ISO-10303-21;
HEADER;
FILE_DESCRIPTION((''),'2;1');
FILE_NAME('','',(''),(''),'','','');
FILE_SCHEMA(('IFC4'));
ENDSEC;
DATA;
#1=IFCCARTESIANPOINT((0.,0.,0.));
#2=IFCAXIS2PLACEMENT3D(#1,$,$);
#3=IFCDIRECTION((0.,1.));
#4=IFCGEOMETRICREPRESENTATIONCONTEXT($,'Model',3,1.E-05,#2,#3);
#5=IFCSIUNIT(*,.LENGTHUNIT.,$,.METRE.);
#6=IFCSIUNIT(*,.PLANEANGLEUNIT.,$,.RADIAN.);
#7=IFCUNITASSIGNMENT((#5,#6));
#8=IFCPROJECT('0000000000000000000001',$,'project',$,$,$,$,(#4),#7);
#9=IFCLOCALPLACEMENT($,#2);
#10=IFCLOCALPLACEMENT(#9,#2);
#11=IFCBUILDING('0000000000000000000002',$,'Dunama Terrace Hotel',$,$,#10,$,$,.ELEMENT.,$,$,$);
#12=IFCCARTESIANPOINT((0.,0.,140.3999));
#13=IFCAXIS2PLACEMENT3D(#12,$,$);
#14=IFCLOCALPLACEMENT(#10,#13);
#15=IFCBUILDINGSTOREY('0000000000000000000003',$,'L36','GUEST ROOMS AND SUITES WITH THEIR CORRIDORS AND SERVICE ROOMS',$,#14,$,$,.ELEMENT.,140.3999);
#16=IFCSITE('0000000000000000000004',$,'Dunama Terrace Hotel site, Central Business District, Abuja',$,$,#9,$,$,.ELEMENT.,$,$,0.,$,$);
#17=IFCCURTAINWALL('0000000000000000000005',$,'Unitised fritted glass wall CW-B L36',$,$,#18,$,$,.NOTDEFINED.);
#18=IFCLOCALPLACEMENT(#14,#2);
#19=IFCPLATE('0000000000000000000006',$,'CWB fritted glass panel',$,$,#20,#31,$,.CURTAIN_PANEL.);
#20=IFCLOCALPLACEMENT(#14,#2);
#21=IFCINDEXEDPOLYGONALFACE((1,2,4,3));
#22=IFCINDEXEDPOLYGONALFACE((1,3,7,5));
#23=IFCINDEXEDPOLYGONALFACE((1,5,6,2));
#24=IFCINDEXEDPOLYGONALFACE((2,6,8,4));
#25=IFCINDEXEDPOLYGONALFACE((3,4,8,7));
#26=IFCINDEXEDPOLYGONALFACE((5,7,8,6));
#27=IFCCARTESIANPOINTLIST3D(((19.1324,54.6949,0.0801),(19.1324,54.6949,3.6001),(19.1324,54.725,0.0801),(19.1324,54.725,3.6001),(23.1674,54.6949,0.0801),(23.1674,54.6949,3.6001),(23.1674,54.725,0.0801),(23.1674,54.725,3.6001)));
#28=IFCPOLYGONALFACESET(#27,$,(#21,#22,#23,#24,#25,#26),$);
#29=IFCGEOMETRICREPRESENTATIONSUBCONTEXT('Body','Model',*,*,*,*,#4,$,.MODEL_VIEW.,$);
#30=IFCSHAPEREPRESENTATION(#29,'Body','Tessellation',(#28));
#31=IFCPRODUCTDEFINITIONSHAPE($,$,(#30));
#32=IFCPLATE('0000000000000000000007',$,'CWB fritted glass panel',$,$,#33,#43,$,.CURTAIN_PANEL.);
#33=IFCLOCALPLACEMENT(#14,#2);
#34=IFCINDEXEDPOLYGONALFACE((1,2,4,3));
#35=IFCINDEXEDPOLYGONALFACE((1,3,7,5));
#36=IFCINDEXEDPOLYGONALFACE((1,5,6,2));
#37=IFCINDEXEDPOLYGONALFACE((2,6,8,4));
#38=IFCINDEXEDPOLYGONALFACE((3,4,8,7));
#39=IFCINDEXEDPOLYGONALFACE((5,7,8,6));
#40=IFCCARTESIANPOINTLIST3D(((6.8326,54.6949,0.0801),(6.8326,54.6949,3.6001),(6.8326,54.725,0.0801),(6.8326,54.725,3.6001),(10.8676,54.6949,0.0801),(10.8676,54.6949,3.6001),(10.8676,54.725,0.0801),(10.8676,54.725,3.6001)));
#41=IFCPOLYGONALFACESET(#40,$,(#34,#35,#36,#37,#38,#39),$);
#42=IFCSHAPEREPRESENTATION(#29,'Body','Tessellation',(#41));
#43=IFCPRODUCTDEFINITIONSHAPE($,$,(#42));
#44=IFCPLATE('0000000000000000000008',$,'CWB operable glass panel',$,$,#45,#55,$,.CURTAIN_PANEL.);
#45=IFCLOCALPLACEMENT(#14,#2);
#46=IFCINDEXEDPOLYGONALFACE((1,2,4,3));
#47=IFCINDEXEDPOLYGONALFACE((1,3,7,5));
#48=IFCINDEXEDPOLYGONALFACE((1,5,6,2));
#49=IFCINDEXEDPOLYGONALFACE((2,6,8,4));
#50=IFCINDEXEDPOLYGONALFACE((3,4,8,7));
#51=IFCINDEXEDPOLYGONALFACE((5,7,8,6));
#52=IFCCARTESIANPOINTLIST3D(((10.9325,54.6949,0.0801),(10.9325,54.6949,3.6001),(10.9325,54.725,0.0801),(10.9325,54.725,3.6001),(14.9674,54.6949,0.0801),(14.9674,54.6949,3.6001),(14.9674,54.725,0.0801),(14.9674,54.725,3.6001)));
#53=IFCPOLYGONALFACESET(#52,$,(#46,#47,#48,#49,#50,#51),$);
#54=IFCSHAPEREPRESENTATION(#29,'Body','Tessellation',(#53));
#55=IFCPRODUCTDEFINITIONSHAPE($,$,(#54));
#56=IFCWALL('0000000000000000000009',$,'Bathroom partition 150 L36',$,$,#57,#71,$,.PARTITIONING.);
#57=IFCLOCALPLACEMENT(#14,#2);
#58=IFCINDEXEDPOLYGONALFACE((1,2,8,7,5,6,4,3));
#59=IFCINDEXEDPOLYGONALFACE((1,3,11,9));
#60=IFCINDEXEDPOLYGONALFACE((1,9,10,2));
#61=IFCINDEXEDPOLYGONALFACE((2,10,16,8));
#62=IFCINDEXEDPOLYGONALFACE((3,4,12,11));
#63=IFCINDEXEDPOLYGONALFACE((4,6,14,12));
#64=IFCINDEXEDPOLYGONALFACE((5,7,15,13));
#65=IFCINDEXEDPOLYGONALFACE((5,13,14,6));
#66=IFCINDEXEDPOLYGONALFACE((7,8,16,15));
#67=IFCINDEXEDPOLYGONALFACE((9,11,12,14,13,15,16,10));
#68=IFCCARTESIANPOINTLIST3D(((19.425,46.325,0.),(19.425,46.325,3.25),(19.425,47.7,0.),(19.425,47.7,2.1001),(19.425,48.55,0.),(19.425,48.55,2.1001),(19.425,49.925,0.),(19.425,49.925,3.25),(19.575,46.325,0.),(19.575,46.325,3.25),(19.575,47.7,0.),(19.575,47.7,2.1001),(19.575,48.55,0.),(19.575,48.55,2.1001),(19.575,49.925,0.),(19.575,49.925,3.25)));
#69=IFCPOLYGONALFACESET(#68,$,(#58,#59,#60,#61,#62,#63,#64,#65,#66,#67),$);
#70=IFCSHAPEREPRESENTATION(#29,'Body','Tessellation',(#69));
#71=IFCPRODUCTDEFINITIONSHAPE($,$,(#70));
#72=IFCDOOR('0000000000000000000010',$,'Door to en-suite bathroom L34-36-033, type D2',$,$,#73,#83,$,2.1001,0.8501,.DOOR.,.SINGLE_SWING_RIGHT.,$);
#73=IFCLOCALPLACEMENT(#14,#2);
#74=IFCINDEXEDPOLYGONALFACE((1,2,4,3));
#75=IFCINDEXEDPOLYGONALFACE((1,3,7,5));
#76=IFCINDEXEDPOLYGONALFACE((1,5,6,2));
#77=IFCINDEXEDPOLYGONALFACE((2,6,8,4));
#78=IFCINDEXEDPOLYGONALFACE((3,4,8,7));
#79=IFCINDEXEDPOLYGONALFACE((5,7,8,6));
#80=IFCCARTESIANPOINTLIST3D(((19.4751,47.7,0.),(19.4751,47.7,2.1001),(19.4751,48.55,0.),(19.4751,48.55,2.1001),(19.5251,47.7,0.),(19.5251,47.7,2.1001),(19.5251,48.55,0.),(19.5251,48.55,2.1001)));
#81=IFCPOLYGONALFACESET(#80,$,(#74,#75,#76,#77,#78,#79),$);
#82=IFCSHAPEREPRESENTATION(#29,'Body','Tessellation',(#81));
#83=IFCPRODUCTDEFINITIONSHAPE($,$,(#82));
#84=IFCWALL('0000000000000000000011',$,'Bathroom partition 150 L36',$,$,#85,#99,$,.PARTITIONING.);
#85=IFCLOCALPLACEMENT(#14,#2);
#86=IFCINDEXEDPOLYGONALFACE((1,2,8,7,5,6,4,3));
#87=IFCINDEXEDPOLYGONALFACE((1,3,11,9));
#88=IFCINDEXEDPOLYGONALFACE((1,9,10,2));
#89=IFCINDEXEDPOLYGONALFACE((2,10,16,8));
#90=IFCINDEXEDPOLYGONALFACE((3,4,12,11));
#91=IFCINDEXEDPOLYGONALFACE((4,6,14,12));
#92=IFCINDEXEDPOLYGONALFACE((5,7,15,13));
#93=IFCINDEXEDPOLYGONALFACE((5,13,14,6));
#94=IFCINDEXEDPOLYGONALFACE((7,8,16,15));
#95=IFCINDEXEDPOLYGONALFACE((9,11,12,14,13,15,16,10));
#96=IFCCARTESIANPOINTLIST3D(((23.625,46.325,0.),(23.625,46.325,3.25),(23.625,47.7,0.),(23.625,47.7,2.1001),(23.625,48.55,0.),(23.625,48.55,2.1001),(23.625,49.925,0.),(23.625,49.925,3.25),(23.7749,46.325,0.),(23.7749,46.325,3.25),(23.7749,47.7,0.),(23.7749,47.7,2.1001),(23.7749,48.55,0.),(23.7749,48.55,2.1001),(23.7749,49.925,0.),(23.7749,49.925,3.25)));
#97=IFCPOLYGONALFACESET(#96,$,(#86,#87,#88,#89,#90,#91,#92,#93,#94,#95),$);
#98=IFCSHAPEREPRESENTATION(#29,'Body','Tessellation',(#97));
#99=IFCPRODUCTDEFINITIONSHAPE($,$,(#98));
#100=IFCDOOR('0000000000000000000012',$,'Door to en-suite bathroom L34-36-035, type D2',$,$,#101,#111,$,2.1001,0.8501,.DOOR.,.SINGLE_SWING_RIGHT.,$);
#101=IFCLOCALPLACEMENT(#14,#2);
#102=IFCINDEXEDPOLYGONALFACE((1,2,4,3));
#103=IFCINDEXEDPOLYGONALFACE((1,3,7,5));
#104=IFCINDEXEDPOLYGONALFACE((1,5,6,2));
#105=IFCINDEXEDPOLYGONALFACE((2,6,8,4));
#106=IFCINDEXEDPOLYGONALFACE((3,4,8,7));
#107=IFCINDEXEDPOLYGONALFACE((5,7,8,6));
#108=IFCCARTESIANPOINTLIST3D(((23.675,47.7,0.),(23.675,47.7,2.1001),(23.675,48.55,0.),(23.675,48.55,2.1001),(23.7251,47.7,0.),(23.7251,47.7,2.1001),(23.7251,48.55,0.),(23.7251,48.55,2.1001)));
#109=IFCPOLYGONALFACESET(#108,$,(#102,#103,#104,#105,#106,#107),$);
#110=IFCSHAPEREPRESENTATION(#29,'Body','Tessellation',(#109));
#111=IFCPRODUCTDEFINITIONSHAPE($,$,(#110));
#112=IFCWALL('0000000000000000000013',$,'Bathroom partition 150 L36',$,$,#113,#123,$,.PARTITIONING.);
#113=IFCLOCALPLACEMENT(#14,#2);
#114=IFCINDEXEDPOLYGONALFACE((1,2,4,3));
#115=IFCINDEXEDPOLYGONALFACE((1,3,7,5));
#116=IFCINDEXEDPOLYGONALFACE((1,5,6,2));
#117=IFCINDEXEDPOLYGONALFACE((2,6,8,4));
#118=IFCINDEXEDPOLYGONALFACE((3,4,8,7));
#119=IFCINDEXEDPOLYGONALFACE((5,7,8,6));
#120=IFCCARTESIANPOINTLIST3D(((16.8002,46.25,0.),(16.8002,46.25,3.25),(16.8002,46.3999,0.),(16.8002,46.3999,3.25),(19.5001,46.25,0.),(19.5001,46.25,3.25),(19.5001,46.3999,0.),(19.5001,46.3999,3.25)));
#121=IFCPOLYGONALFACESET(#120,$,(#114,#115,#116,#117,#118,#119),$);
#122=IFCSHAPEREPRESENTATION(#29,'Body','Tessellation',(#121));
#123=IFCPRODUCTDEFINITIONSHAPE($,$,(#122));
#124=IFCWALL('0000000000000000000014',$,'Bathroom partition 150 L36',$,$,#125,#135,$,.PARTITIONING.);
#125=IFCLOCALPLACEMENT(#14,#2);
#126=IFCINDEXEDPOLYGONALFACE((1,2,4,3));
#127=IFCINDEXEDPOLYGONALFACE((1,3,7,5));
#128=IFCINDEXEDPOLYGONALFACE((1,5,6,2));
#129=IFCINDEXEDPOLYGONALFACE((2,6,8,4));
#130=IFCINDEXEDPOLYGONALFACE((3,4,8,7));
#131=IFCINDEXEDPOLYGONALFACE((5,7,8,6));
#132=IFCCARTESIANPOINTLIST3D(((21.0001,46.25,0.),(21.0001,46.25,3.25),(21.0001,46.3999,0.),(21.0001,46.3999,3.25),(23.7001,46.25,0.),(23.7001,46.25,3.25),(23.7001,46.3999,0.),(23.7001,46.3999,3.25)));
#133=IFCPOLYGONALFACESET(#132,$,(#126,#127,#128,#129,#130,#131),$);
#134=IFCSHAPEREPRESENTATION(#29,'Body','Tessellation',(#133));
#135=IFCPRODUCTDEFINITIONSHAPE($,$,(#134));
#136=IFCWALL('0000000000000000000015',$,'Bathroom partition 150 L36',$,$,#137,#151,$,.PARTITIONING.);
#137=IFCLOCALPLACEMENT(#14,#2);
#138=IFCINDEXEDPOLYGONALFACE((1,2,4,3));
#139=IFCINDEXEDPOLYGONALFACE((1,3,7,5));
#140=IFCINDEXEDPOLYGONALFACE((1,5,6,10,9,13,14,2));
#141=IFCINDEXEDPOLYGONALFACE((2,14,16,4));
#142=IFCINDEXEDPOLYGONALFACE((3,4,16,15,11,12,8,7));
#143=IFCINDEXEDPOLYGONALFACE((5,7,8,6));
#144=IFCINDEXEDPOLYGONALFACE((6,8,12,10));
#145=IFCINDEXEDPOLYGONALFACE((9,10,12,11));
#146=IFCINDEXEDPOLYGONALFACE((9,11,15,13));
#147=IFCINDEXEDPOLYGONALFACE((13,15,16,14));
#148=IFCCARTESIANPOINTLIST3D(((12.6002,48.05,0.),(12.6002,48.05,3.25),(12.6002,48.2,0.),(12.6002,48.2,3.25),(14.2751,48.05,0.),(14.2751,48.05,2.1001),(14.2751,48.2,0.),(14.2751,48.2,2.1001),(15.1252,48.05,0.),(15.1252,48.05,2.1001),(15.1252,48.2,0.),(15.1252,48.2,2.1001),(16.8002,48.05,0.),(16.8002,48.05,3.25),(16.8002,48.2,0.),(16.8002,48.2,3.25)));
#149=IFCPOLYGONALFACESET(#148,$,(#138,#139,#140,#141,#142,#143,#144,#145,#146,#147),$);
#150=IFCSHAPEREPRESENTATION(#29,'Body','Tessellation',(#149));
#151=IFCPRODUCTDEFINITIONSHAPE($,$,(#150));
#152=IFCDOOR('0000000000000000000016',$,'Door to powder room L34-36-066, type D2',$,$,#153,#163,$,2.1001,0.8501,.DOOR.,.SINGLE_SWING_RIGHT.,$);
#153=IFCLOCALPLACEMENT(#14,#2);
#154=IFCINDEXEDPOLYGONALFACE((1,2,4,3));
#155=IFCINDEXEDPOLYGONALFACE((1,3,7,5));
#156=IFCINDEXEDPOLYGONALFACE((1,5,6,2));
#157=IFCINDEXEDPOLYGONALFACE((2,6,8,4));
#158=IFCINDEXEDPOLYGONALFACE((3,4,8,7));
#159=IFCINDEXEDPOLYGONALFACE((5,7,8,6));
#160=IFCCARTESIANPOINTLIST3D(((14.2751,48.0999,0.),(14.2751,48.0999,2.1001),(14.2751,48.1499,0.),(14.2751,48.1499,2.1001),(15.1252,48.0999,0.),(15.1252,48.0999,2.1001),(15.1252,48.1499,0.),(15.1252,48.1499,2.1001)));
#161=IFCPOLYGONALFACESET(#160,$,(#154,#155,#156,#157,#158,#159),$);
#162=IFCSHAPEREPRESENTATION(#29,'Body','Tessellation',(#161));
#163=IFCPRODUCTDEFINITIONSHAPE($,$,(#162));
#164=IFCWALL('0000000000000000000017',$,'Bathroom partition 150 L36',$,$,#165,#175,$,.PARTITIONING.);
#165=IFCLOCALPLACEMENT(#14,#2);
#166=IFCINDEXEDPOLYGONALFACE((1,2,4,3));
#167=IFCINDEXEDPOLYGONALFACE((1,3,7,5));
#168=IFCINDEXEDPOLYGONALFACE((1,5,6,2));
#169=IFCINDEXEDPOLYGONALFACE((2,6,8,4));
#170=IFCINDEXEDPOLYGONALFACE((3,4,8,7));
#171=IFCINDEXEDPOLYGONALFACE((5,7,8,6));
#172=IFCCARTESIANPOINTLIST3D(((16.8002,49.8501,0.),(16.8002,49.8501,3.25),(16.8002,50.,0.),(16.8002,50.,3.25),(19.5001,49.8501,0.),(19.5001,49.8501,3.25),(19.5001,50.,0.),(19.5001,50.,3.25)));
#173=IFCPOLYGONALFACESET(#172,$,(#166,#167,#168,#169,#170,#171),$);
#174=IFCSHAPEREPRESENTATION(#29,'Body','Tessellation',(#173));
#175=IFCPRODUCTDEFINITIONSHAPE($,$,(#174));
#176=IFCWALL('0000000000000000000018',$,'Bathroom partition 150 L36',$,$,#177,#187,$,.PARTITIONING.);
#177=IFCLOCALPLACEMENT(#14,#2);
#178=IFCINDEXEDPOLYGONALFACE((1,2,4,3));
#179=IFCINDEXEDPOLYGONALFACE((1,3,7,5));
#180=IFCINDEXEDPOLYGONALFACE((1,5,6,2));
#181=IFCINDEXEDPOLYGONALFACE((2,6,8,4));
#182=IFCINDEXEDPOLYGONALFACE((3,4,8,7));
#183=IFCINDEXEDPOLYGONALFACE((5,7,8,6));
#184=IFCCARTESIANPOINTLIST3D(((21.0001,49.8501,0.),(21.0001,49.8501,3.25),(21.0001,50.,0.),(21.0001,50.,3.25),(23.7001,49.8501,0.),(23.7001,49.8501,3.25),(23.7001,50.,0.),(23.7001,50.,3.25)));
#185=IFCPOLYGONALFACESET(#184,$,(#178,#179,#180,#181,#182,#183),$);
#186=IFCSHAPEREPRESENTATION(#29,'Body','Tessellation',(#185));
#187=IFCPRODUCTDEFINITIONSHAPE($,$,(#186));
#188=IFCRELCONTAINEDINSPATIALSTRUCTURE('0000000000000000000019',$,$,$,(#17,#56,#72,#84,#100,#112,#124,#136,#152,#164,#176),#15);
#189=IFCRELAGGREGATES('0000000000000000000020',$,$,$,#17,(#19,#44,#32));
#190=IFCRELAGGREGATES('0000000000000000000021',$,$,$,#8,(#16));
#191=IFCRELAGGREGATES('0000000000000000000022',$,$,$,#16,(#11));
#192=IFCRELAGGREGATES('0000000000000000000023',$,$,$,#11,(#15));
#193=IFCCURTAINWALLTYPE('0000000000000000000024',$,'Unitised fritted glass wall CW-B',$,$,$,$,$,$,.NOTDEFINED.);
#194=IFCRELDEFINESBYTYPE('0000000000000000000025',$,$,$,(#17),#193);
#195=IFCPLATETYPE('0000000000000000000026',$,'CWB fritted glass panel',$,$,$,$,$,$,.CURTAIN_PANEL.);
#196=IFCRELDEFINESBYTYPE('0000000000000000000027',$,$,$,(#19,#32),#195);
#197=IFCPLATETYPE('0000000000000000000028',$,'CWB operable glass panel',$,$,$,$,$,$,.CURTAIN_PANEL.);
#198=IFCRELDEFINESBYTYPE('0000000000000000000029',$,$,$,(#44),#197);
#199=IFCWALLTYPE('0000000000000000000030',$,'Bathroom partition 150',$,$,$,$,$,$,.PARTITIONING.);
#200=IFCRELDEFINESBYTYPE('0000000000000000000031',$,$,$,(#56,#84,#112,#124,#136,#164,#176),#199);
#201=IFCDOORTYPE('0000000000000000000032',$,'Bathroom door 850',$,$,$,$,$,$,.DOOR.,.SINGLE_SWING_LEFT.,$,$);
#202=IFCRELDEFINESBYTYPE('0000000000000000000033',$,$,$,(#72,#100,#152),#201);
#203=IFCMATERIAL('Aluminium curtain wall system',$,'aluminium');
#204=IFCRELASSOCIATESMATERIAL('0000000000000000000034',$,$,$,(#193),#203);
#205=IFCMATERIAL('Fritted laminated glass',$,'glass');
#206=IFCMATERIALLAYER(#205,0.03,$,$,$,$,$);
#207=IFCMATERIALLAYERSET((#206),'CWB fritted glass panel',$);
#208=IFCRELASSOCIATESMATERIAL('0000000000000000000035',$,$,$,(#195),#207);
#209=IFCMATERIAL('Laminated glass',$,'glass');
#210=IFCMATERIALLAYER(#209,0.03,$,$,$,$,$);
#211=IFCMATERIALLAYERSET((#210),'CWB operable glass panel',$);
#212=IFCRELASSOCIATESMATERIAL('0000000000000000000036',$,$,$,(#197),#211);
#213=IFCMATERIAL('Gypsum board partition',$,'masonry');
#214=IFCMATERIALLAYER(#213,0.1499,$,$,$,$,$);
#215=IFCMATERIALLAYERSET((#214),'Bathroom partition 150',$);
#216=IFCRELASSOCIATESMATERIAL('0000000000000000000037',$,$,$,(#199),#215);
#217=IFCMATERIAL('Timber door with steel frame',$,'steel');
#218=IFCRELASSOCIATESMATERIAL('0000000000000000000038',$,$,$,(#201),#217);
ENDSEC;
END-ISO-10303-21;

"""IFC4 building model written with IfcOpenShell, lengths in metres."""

from ifc_helpers import new_model, si_unit, direction, frame, frame_2d, origin, origin_2d, place, context, subcontext, project, spatial, rectangle, extrude, material, layer, layer_set, type_object, element, fill, aggregate, save


model = new_model("IFC4")

# Units and contexts
model_context = context("Model", 3, precision=1e-05, world=origin(), true_north=direction((0.0, 1.0)))
body_context = subcontext(model_context, "Body", "Model", "MODEL_VIEW")
ifc_project = project(units=[si_unit("LENGTHUNIT", "METRE"), si_unit("PLANEANGLEUNIT", "RADIAN")], contexts=[model_context])

# Site, building, storey
site_placement = place(None, origin())
site = spatial("IfcSite", under=ifc_project, at=site_placement, Name="Dunama Terrace Hotel site, Central Business District, Abuja", CompositionType="ELEMENT", RefElevation=0.0)
building_placement = place(site_placement, origin())
building = spatial("IfcBuilding", under=site, at=building_placement, Name="Dunama Terrace Hotel", CompositionType="ELEMENT")
storey_placement = place(building_placement, frame((0.0, 0.0, 140.3999)))
storey = spatial("IfcBuildingStorey", under=building, at=storey_placement, Name="L36", Description="GUEST ROOMS AND SUITES WITH THEIR CORRIDORS AND SERVICE ROOMS", CompositionType="ELEMENT", Elevation=140.3999)

# Curtain wall
ifc_material_1 = material(Name="Aluminium curtain wall system", Category="aluminium")
curtain_wall_type = type_object("IfcCurtainWallType", Name="Unitised fritted glass wall CW-B", PredefinedType="NOTDEFINED", material=ifc_material_1)
curtain_wall_placement = place(storey_placement, origin())
curtain_wall = element("IfcCurtainWall", 1, at=curtain_wall_placement, inside=storey, type_object=curtain_wall_type, Name="Unitised fritted glass wall CW-B L36", PredefinedType="NOTDEFINED")

# Plates
ifc_material_2 = material(Name="Fritted laminated glass", Category="glass")
ifc_layer_1 = layer(ifc_material_2, 0.03)
ifc_layer_set_1 = layer_set([ifc_layer_1], Name="CWB fritted glass panel")
plate_type_1 = type_object("IfcPlateType", Name="CWB fritted glass panel", PredefinedType="CURTAIN_PANEL", material=ifc_layer_set_1)
plate_1_placement = place(storey_placement, frame((21.1499, 54.71, 0.0801), z_axis=(0.0, 0.0, 1.0), x_axis=(-1.0, 0.0, 0.0)))
plate_1 = element("IfcPlate", 2, at=plate_1_placement, type_object=plate_type_1, Name="CWB fritted glass panel", PredefinedType="CURTAIN_PANEL", context=body_context, shape_type="SweptSolid", body=[
    extrude(rectangle(XDim=4.0349, YDim=0.03, at=origin_2d()), origin(), (0.0, 0.0, 1.0), 3.52),
])
plate_2_placement = place(storey_placement, frame((8.8501, 54.71, 0.0801), z_axis=(0.0, 0.0, 1.0), x_axis=(-1.0, 0.0, 0.0)))
plate_2 = element("IfcPlate", 3, at=plate_2_placement, type_object=plate_type_1, Name="CWB fritted glass panel", PredefinedType="CURTAIN_PANEL", context=body_context, shape_type="SweptSolid", body=[
    extrude(rectangle(XDim=4.0349, YDim=0.03, at=origin_2d()), origin(), (0.0, 0.0, 1.0), 3.52),
])
ifc_material_3 = material(Name="Laminated glass", Category="glass")
ifc_layer_2 = layer(ifc_material_3, 0.03)
ifc_layer_set_2 = layer_set([ifc_layer_2], Name="CWB operable glass panel")
plate_type_2 = type_object("IfcPlateType", Name="CWB operable glass panel", PredefinedType="CURTAIN_PANEL", material=ifc_layer_set_2)
plate_3_placement = place(storey_placement, frame((12.95, 54.71, 0.0801), z_axis=(0.0, 0.0, 1.0), x_axis=(-1.0, 0.0, 0.0)))
plate_3 = element("IfcPlate", 4, at=plate_3_placement, type_object=plate_type_2, Name="CWB operable glass panel", PredefinedType="CURTAIN_PANEL", context=body_context, shape_type="SweptSolid", body=[
    extrude(rectangle(XDim=4.0349, YDim=0.03, at=origin_2d()), origin(), (0.0, 0.0, 1.0), 3.52),
])
aggregate(curtain_wall, [plate_1, plate_3, plate_2])

# Walls, openings, doors
ifc_material_4 = material(Name="Gypsum board partition", Category="masonry")
ifc_layer_3 = layer(ifc_material_4, 0.1499)
ifc_layer_set_3 = layer_set([ifc_layer_3], Name="Bathroom partition 150")
wall_type = type_object("IfcWallType", Name="Bathroom partition 150", PredefinedType="PARTITIONING", material=ifc_layer_set_3)
wall_1_placement = place(storey_placement, frame((19.5, 46.325, 0.0), z_axis=(0.0, 0.0, 1.0), x_axis=(0.0, 1.0, 0.0)))
wall_1 = element("IfcWall", 5, at=wall_1_placement, inside=storey, type_object=wall_type, Name="Bathroom partition 150 L36", PredefinedType="PARTITIONING", context=body_context, shape_type="SweptSolid", body=[
    extrude(rectangle(XDim=3.6001, YDim=0.1499, at=frame_2d((1.8, 0.0))), origin(), (0.0, 0.0, 1.0), 3.25),
])
opening_1_placement = place(wall_1_placement, frame((1.375, 0.0, 0.0)))
opening_1 = element("IfcOpeningElement", 6, at=opening_1_placement, cuts=wall_1, PredefinedType="OPENING", context=body_context, shape_type="SweptSolid", body=[
    extrude(rectangle(XDim=0.8501, YDim=2.1001, at=frame_2d((0.425, 1.05))), frame((0.0, 0.085, 0.0), z_axis=(0.0, -1.0, 0.0), x_axis=(1.0, 0.0, 0.0)), (0.0, 0.0, 1.0), 0.1699),
])
ifc_material_5 = material(Name="Timber door with steel frame", Category="steel")
door_type = type_object("IfcDoorType", Name="Bathroom door 850", OperationType="SINGLE_SWING_LEFT", PredefinedType="DOOR", material=ifc_material_5)
door_1_placement = place(opening_1_placement, origin())
door_1 = element("IfcDoor", 7, at=door_1_placement, inside=storey, type_object=door_type, Name="Door to en-suite bathroom L34-36-033, type D2", OperationType="SINGLE_SWING_RIGHT", OverallHeight=2.1001, OverallWidth=0.8501, PredefinedType="DOOR", context=body_context, shape_type="SweptSolid", body=[
    extrude(rectangle(XDim=0.8501, YDim=2.1001, at=frame_2d((0.425, 1.05))), frame((0.0, 0.0249, 0.0), z_axis=(0.0, -1.0, 0.0), x_axis=(1.0, 0.0, 0.0)), (0.0, 0.0, 1.0), 0.05),
])
fill(opening_1, door_1)
wall_2_placement = place(storey_placement, frame((23.7, 46.325, 0.0), z_axis=(0.0, 0.0, 1.0), x_axis=(0.0, 1.0, 0.0)))
wall_2 = element("IfcWall", 8, at=wall_2_placement, inside=storey, type_object=wall_type, Name="Bathroom partition 150 L36", PredefinedType="PARTITIONING", context=body_context, shape_type="SweptSolid", body=[
    extrude(rectangle(XDim=3.6001, YDim=0.1499, at=frame_2d((1.8, 0.0))), origin(), (0.0, 0.0, 1.0), 3.25),
])
opening_2_placement = place(wall_2_placement, frame((1.375, 0.0, 0.0)))
opening_2 = element("IfcOpeningElement", 9, at=opening_2_placement, cuts=wall_2, PredefinedType="OPENING", context=body_context, shape_type="SweptSolid", body=[
    extrude(rectangle(XDim=0.8501, YDim=2.1001, at=frame_2d((0.425, 1.05))), frame((0.0, 0.085, 0.0), z_axis=(0.0, -1.0, 0.0), x_axis=(1.0, 0.0, 0.0)), (0.0, 0.0, 1.0), 0.1699),
])
door_2_placement = place(opening_2_placement, origin())
door_2 = element("IfcDoor", 10, at=door_2_placement, inside=storey, type_object=door_type, Name="Door to en-suite bathroom L34-36-035, type D2", OperationType="SINGLE_SWING_RIGHT", OverallHeight=2.1001, OverallWidth=0.8501, PredefinedType="DOOR", context=body_context, shape_type="SweptSolid", body=[
    extrude(rectangle(XDim=0.8501, YDim=2.1001, at=frame_2d((0.425, 1.05))), frame((0.0, 0.0249, 0.0), z_axis=(0.0, -1.0, 0.0), x_axis=(1.0, 0.0, 0.0)), (0.0, 0.0, 1.0), 0.05),
])
fill(opening_2, door_2)

# Walls
for number, where, z_axis, x_axis, name in (
    (11, (16.8, 46.325, 0.0), (0.0, 0.0, 1.0), (1.0, 0.0, 0.0), "Bathroom partition 150 L36"),
    (12, (21.0, 46.325, 0.0), (0.0, 0.0, 1.0), (1.0, 0.0, 0.0), "Bathroom partition 150 L36"),
):
    element("IfcWall", number, at=place(storey_placement, frame(where, z_axis=z_axis, x_axis=x_axis)), inside=storey, type_object=wall_type, Name=name, PredefinedType="PARTITIONING", context=body_context, shape_type="SweptSolid", body=[
        extrude(rectangle(XDim=2.7, YDim=0.1499, at=frame_2d((1.3501, 0.0))), origin(), (0.0, 0.0, 1.0), 3.25),
    ])

# Wall, opening, door
wall_3_placement = place(storey_placement, frame((12.6001, 48.125, 0.0), z_axis=(0.0, 0.0, 1.0), x_axis=(1.0, 0.0, 0.0)))
wall_3 = element("IfcWall", 13, at=wall_3_placement, inside=storey, type_object=wall_type, Name="Bathroom partition 150 L36", PredefinedType="PARTITIONING", context=body_context, shape_type="SweptSolid", body=[
    extrude(rectangle(XDim=4.2, YDim=0.1499, at=frame_2d((2.1001, 0.0))), origin(), (0.0, 0.0, 1.0), 3.25),
])
opening_3_placement = place(wall_3_placement, frame((1.675, 0.0, 0.0)))
opening_3 = element("IfcOpeningElement", 14, at=opening_3_placement, cuts=wall_3, PredefinedType="OPENING", context=body_context, shape_type="SweptSolid", body=[
    extrude(rectangle(XDim=0.8501, YDim=2.1001, at=frame_2d((0.425, 1.05))), frame((0.0, 0.085, 0.0), z_axis=(0.0, -1.0, 0.0), x_axis=(1.0, 0.0, 0.0)), (0.0, 0.0, 1.0), 0.1699),
])
door_3_placement = place(opening_3_placement, frame((0.8501, 0.0, 0.0), z_axis=(0.0, 0.0, 1.0), x_axis=(-1.0, 0.0, 0.0)))
door_3 = element("IfcDoor", 15, at=door_3_placement, inside=storey, type_object=door_type, Name="Door to powder room L34-36-066, type D2", OperationType="SINGLE_SWING_RIGHT", OverallHeight=2.1001, OverallWidth=0.8501, PredefinedType="DOOR", context=body_context, shape_type="SweptSolid", body=[
    extrude(rectangle(XDim=0.8501, YDim=2.1001, at=frame_2d((0.425, 1.05))), frame((0.0, 0.0251, 0.0), z_axis=(0.0, -1.0, 0.0), x_axis=(1.0, 0.0, 0.0)), (0.0, 0.0, 1.0), 0.05),
])
fill(opening_3, door_3)

# Walls
for number, where, z_axis, x_axis, name in (
    (16, (16.8, 49.925, 0.0), (0.0, 0.0, 1.0), (1.0, 0.0, 0.0), "Bathroom partition 150 L36"),
    (17, (21.0, 49.925, 0.0), (0.0, 0.0, 1.0), (1.0, 0.0, 0.0), "Bathroom partition 150 L36"),
):
    element("IfcWall", number, at=place(storey_placement, frame(where, z_axis=z_axis, x_axis=x_axis)), inside=storey, type_object=wall_type, Name=name, PredefinedType="PARTITIONING", context=body_context, shape_type="SweptSolid", body=[
        extrude(rectangle(XDim=2.7, YDim=0.1499, at=frame_2d((1.3501, 0.0))), origin(), (0.0, 0.0, 1.0), 3.25),
    ])

save(model, "model.ifc")
